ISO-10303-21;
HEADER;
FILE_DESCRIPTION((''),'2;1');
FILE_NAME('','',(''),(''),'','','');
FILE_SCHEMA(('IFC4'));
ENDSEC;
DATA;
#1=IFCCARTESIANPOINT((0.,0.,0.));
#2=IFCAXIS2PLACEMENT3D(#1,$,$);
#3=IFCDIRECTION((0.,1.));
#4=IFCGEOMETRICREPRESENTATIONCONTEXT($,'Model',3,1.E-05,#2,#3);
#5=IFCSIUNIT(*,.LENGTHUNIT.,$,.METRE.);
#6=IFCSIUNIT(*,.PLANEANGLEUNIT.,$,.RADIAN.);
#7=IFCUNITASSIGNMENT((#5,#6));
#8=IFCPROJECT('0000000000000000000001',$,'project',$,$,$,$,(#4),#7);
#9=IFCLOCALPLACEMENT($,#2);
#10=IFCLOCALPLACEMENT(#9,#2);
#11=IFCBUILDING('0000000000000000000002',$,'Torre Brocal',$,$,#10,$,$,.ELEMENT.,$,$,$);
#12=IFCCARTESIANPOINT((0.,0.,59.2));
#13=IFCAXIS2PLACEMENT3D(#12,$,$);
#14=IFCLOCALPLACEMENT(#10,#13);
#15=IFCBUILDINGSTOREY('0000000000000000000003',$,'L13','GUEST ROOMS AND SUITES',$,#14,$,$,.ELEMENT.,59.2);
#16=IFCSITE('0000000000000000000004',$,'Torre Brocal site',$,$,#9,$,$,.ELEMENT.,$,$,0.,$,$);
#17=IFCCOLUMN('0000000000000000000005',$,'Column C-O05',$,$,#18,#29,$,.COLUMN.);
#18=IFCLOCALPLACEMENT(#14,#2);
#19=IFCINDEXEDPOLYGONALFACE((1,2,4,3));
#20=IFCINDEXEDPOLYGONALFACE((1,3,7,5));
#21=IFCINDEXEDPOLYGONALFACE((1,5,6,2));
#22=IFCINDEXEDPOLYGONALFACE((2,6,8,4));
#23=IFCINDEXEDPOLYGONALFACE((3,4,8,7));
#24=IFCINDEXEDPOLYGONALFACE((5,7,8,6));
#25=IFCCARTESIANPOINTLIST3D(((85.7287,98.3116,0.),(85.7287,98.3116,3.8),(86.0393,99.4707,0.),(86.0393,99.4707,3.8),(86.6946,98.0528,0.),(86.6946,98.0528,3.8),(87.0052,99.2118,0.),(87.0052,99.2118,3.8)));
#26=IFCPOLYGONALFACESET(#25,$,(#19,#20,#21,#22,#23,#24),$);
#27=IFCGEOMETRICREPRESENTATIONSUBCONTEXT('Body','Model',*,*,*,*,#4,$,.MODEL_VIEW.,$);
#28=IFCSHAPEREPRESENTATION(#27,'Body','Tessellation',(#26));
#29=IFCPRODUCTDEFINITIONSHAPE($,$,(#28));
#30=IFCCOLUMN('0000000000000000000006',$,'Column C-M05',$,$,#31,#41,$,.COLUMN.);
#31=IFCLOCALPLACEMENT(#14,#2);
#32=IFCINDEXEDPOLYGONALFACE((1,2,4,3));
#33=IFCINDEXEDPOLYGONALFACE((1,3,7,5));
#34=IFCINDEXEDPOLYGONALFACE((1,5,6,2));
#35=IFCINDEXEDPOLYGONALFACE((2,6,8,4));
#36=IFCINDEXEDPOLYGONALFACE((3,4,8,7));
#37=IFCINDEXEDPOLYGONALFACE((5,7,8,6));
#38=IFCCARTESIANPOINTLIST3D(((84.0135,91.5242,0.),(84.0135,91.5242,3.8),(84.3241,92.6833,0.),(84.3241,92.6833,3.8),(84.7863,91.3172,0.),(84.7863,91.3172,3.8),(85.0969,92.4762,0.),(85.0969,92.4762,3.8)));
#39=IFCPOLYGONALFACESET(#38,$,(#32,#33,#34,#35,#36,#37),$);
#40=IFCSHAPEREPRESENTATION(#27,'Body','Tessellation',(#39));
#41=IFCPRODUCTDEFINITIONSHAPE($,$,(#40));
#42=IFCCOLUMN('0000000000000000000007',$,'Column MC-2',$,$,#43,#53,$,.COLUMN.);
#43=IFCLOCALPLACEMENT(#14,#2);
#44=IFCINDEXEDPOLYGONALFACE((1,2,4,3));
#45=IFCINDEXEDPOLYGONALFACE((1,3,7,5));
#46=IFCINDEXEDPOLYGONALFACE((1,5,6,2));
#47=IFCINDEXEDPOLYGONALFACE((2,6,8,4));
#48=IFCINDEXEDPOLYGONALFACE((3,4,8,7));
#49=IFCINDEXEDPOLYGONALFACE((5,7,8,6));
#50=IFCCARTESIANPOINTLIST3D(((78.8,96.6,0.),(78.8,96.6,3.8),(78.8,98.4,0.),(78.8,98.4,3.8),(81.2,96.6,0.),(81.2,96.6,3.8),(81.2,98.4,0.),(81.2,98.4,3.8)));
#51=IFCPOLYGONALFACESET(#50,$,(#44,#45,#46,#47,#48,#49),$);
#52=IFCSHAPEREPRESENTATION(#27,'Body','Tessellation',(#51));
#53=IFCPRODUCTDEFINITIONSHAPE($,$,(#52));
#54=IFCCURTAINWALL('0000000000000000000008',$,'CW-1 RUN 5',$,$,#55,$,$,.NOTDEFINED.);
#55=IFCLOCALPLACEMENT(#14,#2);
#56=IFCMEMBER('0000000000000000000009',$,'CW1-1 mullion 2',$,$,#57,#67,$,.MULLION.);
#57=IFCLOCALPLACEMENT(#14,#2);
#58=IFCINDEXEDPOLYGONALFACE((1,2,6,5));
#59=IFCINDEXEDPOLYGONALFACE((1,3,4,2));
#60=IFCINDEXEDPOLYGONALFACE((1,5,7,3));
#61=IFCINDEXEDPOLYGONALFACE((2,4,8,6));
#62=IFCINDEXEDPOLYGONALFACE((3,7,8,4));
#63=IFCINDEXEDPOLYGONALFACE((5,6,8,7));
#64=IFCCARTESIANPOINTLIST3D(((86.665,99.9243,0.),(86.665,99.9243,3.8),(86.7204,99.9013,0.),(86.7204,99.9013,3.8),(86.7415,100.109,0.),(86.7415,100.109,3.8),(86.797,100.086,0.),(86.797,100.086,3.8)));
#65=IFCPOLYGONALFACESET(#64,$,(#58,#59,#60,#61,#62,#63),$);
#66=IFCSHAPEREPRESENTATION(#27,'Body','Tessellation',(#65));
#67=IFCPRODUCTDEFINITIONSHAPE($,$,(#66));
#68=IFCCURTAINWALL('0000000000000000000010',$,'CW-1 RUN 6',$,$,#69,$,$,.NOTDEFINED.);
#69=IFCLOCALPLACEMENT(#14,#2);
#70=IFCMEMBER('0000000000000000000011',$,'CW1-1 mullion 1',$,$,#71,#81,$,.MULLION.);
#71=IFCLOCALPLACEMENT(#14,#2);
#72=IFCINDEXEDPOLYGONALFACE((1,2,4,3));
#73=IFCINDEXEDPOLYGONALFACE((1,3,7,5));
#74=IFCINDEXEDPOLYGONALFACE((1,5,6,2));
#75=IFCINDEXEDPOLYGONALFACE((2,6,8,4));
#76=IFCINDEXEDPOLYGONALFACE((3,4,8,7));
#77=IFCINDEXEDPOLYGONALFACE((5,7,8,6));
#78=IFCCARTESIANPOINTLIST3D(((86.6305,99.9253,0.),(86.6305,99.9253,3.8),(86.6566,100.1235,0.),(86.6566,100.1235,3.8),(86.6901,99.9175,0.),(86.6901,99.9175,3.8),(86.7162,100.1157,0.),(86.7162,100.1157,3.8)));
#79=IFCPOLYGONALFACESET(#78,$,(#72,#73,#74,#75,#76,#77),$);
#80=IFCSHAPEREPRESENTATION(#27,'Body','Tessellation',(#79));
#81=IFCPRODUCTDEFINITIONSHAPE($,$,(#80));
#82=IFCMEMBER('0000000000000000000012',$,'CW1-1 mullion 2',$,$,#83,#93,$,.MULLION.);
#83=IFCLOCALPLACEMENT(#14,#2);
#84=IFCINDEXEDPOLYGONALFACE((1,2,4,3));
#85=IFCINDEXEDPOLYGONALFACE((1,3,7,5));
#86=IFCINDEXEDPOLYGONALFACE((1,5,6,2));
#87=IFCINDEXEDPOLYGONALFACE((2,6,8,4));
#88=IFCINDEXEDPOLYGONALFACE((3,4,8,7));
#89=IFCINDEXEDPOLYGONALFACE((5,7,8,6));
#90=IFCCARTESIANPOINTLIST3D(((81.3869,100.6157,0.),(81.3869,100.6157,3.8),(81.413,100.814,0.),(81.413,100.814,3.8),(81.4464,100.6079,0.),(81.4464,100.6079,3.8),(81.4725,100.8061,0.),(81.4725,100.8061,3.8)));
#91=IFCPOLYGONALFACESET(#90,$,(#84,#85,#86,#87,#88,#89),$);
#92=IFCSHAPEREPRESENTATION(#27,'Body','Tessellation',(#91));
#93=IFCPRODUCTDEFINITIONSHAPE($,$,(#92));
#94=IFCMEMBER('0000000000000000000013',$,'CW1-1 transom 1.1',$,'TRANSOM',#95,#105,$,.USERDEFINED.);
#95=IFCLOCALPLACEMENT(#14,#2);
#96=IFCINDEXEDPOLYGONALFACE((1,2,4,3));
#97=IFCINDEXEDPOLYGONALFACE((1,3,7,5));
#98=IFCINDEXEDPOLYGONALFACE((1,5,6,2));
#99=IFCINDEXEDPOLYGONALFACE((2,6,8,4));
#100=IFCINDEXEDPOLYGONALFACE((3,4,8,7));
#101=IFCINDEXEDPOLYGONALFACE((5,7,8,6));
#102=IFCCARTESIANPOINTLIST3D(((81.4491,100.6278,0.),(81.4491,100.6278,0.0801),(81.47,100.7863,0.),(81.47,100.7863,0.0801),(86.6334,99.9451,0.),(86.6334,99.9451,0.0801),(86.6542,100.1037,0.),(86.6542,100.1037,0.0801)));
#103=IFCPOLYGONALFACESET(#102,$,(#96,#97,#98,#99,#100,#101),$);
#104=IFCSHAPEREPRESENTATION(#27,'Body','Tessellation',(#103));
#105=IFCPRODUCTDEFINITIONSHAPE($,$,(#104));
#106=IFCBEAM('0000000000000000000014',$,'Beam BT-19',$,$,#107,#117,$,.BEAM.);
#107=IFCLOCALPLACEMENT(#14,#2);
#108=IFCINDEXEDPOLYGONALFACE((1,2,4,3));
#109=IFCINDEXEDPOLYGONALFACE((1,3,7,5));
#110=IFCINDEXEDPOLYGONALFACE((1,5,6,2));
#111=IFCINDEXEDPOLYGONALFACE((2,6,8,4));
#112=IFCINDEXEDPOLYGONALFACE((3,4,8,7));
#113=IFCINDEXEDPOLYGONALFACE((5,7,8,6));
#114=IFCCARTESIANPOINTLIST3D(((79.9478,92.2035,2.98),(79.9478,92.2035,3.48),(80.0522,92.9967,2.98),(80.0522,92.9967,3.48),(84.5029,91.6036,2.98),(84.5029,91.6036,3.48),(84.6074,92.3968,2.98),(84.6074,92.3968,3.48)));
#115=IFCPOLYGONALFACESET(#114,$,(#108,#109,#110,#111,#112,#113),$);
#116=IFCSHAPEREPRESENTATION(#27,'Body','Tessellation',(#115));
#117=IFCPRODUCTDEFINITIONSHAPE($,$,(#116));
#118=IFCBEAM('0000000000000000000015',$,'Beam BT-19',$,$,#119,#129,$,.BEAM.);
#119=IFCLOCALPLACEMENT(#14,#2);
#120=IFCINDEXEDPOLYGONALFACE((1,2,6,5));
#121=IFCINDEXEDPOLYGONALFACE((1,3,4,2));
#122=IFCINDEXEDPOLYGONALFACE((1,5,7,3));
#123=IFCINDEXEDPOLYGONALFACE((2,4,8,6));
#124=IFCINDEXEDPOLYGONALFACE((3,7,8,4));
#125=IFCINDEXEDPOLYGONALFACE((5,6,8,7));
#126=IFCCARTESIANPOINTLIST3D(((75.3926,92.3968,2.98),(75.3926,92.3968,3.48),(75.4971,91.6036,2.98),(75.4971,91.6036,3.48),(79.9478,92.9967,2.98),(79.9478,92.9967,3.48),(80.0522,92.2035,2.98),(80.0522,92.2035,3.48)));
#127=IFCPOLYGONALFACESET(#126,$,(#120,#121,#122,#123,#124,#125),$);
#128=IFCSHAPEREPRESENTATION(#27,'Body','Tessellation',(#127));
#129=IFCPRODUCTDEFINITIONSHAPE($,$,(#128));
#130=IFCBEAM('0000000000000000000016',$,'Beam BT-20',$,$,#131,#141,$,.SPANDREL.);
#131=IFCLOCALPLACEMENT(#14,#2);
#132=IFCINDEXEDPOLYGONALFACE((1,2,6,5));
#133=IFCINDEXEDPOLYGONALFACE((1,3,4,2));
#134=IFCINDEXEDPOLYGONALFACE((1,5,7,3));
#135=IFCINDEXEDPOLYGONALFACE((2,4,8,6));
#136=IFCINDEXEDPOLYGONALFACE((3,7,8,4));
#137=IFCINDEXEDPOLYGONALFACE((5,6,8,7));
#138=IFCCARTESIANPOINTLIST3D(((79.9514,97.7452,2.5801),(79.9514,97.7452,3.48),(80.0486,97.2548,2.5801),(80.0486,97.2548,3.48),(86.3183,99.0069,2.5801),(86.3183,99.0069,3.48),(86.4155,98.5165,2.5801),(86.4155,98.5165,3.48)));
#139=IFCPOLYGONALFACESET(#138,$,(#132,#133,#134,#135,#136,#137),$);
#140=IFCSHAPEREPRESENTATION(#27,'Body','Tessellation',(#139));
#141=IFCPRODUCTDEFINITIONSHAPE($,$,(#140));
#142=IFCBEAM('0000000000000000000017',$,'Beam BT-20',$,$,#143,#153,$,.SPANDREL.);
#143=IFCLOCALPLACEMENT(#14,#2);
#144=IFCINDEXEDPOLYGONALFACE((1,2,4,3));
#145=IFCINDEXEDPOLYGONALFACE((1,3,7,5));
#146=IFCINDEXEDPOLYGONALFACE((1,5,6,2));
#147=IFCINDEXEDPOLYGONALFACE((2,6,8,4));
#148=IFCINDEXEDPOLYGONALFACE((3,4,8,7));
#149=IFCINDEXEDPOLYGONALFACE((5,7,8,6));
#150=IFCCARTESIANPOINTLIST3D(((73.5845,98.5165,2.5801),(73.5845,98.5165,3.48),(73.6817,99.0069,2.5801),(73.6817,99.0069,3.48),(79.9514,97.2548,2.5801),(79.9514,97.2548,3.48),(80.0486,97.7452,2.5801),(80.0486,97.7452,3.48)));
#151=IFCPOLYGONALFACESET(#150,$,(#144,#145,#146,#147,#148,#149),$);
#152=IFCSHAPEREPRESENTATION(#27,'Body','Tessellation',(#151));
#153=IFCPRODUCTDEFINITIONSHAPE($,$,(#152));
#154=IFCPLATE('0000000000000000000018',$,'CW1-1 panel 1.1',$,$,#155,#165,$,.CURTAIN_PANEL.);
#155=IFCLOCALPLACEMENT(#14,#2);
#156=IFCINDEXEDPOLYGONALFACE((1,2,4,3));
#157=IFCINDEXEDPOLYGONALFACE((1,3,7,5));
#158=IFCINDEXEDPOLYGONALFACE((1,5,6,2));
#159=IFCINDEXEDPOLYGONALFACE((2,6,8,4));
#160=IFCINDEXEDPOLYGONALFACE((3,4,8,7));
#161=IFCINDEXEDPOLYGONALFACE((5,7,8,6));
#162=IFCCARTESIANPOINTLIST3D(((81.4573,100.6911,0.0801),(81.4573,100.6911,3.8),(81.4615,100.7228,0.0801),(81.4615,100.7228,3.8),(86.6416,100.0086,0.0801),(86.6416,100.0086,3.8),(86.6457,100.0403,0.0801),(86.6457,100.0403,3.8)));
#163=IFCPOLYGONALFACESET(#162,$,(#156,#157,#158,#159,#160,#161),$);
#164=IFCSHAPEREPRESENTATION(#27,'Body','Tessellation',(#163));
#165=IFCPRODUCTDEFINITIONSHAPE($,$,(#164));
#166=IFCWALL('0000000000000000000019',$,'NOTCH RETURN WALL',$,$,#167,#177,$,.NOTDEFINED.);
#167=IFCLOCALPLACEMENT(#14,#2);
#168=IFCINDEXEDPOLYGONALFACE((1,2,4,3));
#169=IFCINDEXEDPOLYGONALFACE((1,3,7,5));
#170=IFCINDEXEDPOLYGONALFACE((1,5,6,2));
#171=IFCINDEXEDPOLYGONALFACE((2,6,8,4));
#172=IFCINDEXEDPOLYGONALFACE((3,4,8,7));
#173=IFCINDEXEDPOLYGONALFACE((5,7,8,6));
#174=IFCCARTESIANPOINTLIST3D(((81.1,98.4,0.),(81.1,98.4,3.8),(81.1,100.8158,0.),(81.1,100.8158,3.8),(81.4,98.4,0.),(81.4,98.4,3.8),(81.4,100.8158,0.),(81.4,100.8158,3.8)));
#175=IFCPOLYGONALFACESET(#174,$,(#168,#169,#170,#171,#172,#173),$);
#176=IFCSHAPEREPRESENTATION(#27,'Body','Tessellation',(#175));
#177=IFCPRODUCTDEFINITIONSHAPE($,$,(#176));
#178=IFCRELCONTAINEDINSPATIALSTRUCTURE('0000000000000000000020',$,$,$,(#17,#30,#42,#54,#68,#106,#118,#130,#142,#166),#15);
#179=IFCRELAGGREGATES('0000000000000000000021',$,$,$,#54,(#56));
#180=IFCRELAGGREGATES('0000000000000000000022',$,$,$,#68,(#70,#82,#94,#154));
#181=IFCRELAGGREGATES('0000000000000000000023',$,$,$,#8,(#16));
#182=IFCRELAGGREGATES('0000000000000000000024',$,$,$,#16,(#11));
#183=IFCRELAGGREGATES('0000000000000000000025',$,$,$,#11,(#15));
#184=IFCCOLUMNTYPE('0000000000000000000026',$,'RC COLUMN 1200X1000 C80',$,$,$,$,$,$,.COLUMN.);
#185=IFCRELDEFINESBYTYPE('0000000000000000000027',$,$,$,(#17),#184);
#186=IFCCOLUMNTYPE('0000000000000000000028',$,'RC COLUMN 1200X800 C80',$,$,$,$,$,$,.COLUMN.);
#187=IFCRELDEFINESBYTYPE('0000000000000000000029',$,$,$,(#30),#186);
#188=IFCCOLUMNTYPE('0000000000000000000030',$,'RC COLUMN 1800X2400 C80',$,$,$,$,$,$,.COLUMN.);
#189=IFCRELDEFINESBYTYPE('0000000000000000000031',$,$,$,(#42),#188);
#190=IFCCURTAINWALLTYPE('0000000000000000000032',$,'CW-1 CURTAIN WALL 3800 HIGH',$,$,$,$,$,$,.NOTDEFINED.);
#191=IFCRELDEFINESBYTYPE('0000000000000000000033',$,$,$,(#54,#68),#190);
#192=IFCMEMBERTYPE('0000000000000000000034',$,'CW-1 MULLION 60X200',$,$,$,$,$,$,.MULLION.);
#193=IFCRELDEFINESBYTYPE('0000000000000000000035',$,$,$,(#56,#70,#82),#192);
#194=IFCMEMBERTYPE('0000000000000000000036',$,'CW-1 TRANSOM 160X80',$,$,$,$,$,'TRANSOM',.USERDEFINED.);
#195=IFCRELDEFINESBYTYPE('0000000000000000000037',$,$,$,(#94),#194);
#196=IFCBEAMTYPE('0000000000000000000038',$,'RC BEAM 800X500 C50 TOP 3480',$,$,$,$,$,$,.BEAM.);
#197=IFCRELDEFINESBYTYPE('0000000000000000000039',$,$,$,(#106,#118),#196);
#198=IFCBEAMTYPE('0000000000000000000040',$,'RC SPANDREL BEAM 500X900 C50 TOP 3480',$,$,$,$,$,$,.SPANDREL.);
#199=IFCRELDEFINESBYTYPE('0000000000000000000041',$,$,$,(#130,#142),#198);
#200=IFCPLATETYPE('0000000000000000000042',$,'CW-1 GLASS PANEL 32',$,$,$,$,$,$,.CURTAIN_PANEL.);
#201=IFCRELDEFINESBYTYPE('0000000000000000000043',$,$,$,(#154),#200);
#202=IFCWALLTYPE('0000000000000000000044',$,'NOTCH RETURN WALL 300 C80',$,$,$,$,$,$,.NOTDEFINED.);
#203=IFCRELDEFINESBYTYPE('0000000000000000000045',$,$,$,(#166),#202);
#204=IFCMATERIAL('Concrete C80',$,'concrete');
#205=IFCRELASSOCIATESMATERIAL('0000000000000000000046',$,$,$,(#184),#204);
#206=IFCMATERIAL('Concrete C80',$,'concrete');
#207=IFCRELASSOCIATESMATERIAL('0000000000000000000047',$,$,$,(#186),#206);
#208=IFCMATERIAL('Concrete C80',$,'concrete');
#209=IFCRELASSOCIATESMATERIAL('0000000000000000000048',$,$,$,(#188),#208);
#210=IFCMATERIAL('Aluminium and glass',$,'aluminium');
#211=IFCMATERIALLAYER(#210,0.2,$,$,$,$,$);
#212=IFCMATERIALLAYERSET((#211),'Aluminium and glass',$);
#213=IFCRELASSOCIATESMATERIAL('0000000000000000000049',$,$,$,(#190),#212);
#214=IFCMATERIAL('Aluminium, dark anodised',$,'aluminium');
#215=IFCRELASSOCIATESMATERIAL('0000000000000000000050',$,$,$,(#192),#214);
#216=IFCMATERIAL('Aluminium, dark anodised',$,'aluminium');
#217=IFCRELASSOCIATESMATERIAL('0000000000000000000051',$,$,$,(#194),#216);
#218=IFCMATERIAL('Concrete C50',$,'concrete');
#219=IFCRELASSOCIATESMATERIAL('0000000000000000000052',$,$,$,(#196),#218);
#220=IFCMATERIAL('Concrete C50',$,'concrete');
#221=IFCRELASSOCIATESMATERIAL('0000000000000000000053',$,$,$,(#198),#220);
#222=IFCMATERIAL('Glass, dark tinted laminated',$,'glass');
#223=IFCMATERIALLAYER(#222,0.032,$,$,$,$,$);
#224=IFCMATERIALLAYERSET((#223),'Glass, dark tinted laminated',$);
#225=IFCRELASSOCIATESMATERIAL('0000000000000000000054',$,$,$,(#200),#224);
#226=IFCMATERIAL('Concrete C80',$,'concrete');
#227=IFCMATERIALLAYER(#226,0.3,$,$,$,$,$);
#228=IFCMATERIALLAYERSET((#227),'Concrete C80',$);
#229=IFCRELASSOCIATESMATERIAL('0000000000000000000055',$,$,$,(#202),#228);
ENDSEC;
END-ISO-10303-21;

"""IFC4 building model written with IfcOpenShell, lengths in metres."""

from ifc_helpers import new_model, si_unit, direction, frame, frame_2d, origin, origin_2d, place, context, subcontext, project, spatial, rectangle, extrude, material, layer, layer_set, material_profile, profile_set, type_object, element, aggregate, save


model = new_model("IFC4")

# Units and contexts
model_context = context("Model", 3, precision=1e-05, world=origin(), true_north=direction((0.0, 1.0)))
body_context = subcontext(model_context, "Body", "Model", "MODEL_VIEW")
ifc_project = project(units=[si_unit("LENGTHUNIT", "METRE"), si_unit("PLANEANGLEUNIT", "RADIAN")], contexts=[model_context])

# Site, building, storey
site_placement = place(None, origin())
site = spatial("IfcSite", under=ifc_project, at=site_placement, Name="Torre Brocal site", CompositionType="ELEMENT", RefElevation=0.0)
building_placement = place(site_placement, origin())
building = spatial("IfcBuilding", under=site, at=building_placement, Name="Torre Brocal", CompositionType="ELEMENT")
storey_placement = place(building_placement, frame((0.0, 0.0, 59.2)))
storey = spatial("IfcBuildingStorey", under=building, at=storey_placement, Name="L13", Description="GUEST ROOMS AND SUITES", CompositionType="ELEMENT", Elevation=59.2)

# Columns
ifc_material_1 = material(Name="Concrete C80", Category="concrete")
ifc_material_profile_1 = material_profile(ifc_material_1, rectangle(XDim=1.2, YDim=1.0, at=origin_2d()), Name="RC 1200X1000")
ifc_profile_set_1 = profile_set([ifc_material_profile_1], Name="Concrete C80")
column_type_1 = type_object("IfcColumnType", Name="RC COLUMN 1200X1000 C80", PredefinedType="COLUMN", material=ifc_profile_set_1)
column_1_placement = place(storey_placement, frame((86.3669, 98.7617, 0.0), z_axis=(0.0, 0.0, 1.0), x_axis=(0.258819, 0.965926, 0.0)))
element("IfcColumn", 1, at=column_1_placement, inside=storey, type_object=column_type_1, Name="Column C-O05", PredefinedType="COLUMN", context=body_context, shape_type="SweptSolid", body=[
    extrude(rectangle(XDim=1.2, YDim=1.0, at=origin_2d()), origin(), (0.0, 0.0, 1.0), 3.8),
])
ifc_material_2 = material(Name="Concrete C80", Category="concrete")
ifc_material_profile_2 = material_profile(ifc_material_2, rectangle(XDim=1.2, YDim=0.8, at=origin_2d()), Name="RC 1200X800")
ifc_profile_set_2 = profile_set([ifc_material_profile_2], Name="Concrete C80")
column_type_2 = type_object("IfcColumnType", Name="RC COLUMN 1200X800 C80", PredefinedType="COLUMN", material=ifc_profile_set_2)
column_2_placement = place(storey_placement, frame((84.5552, 92.0002, 0.0), z_axis=(0.0, 0.0, 1.0), x_axis=(0.258819, 0.965926, 0.0)))
element("IfcColumn", 2, at=column_2_placement, inside=storey, type_object=column_type_2, Name="Column C-M05", PredefinedType="COLUMN", context=body_context, shape_type="SweptSolid", body=[
    extrude(rectangle(XDim=1.2, YDim=0.8, at=origin_2d()), origin(), (0.0, 0.0, 1.0), 3.8),
])
ifc_material_3 = material(Name="Concrete C80", Category="concrete")
ifc_material_profile_3 = material_profile(ifc_material_3, rectangle(XDim=1.8, YDim=2.3999, at=origin_2d()), Name="RC 1800X2400")
ifc_profile_set_3 = profile_set([ifc_material_profile_3], Name="Concrete C80")
column_type_3 = type_object("IfcColumnType", Name="RC COLUMN 1800X2400 C80", PredefinedType="COLUMN", material=ifc_profile_set_3)
column_3_placement = place(storey_placement, frame((80.0, 97.5, 0.0), z_axis=(0.0, 0.0, 1.0), x_axis=(0.0, 1.0, 0.0)))
element("IfcColumn", 3, at=column_3_placement, inside=storey, type_object=column_type_3, Name="Column MC-2", PredefinedType="COLUMN", context=body_context, shape_type="SweptSolid", body=[
    extrude(rectangle(XDim=1.8, YDim=2.3999, at=origin_2d()), origin(), (0.0, 0.0, 1.0), 3.8),
])

# Curtain wall, member
ifc_material_4 = material(Name="Aluminium and glass", Category="aluminium")
ifc_layer_1 = layer(ifc_material_4, 0.2)
ifc_layer_set_1 = layer_set([ifc_layer_1], Name="Aluminium and glass")
curtain_wall_type = type_object("IfcCurtainWallType", Name="CW-1 CURTAIN WALL 3800 HIGH", PredefinedType="NOTDEFINED", material=ifc_layer_set_1)
curtain_wall_1_placement = place(storey_placement, origin())
curtain_wall_1 = element("IfcCurtainWall", 4, at=curtain_wall_1_placement, inside=storey, type_object=curtain_wall_type, Name="CW-1 RUN 5", PredefinedType="NOTDEFINED")
ifc_material_5 = material(Name="Aluminium, dark anodised", Category="aluminium")
ifc_material_profile_4 = material_profile(ifc_material_5, rectangle(XDim=0.2, YDim=0.0601, at=origin_2d()), Name="CW-1 MULLION 60X200")
ifc_profile_set_4 = profile_set([ifc_material_profile_4], Name="Aluminium, dark anodised")
member_type_1 = type_object("IfcMemberType", Name="CW-1 MULLION 60X200", PredefinedType="MULLION", material=ifc_profile_set_4)
member_1_placement = place(storey_placement, frame((86.731, 100.0051, 0.0), z_axis=(0.0, 0.0, 1.0), x_axis=(-0.382683, -0.92388, 0.0)))
member_1 = element("IfcMember", 5, at=member_1_placement, type_object=member_type_1, Name="CW1-1 mullion 2", PredefinedType="MULLION", context=body_context, shape_type="SweptSolid", body=[
    extrude(rectangle(XDim=0.2, YDim=0.0601, at=origin_2d()), origin(), (0.0, 0.0, 1.0), 3.8),
])
aggregate(curtain_wall_1, [member_1])

# Curtain wall, members
curtain_wall_2_placement = place(storey_placement, origin())
curtain_wall_2 = element("IfcCurtainWall", 6, at=curtain_wall_2_placement, inside=storey, type_object=curtain_wall_type, Name="CW-1 RUN 6", PredefinedType="NOTDEFINED")
member_2_placement = place(storey_placement, frame((86.6733, 100.0205, 0.0), z_axis=(0.0, 0.0, 1.0), x_axis=(-0.130526, -0.991445, 0.0)))
member_2 = element("IfcMember", 7, at=member_2_placement, type_object=member_type_1, Name="CW1-1 mullion 1", PredefinedType="MULLION", context=body_context, shape_type="SweptSolid", body=[
    extrude(rectangle(XDim=0.2, YDim=0.0601, at=origin_2d()), origin(), (0.0, 0.0, 1.0), 3.8),
])
member_3_placement = place(storey_placement, frame((81.4297, 100.7109, 0.0), z_axis=(0.0, 0.0, 1.0), x_axis=(-0.130526, -0.991445, 0.0)))
member_3 = element("IfcMember", 8, at=member_3_placement, type_object=member_type_1, Name="CW1-1 mullion 2", PredefinedType="MULLION", context=body_context, shape_type="SweptSolid", body=[
    extrude(rectangle(XDim=0.2, YDim=0.0601, at=origin_2d()), origin(), (0.0, 0.0, 1.0), 3.8),
])
ifc_material_6 = material(Name="Aluminium, dark anodised", Category="aluminium")
ifc_material_profile_5 = material_profile(ifc_material_6, rectangle(XDim=0.1599, YDim=0.0801, at=origin_2d()), Name="CW-1 TRANSOM 160X80")
ifc_profile_set_5 = profile_set([ifc_material_profile_5], Name="Aluminium, dark anodised")
member_type_2 = type_object("IfcMemberType", Name="CW-1 TRANSOM 160X80", ElementType="TRANSOM", PredefinedType="USERDEFINED", material=ifc_profile_set_5)
member_4_placement = place(storey_placement, frame((86.6438, 100.0244, 0.04), z_axis=(-0.991443, 0.130543, 0.0), x_axis=(-0.130543, -0.991443, 0.0)))
member_4 = element("IfcMember", 9, at=member_4_placement, type_object=member_type_2, Name="CW1-1 transom 1.1", ObjectType="TRANSOM", PredefinedType="USERDEFINED", context=body_context, shape_type="SweptSolid", body=[
    extrude(rectangle(XDim=0.1599, YDim=0.0801, at=origin_2d()), origin(), (0.0, 0.0, 1.0), 5.229),
])

# Beams
ifc_material_7 = material(Name="Concrete C50", Category="concrete")
ifc_material_profile_6 = material_profile(ifc_material_7, rectangle(XDim=0.8, YDim=0.5, at=origin_2d()), Name="RC 800X500")
ifc_profile_set_6 = profile_set([ifc_material_profile_6], Name="Concrete C50")
beam_type_1 = type_object("IfcBeamType", Name="RC BEAM 800X500 C50 TOP 3480", PredefinedType="BEAM", material=ifc_profile_set_6)
for number, where, z_axis, x_axis, name in (
    (10, (84.5552, 92.0002, 3.23), (-0.991441, 0.130559, 0.0), (-0.130559, -0.991441, 0.0), "Beam BT-19"),
    (11, (80.0, 92.6001, 3.23), (-0.991441, -0.130559, 0.0), (0.130559, -0.991441, 0.0), "Beam BT-19"),
):
    element("IfcBeam", number, at=place(storey_placement, frame(where, z_axis=z_axis, x_axis=x_axis)), inside=storey, type_object=beam_type_1, Name=name, PredefinedType="BEAM", context=body_context, shape_type="SweptSolid", body=[
        extrude(rectangle(XDim=0.8, YDim=0.5, at=origin_2d()), origin(), (0.0, 0.0, 1.0), 4.5945),
    ])
ifc_material_8 = material(Name="Concrete C50", Category="concrete")
ifc_material_profile_7 = material_profile(ifc_material_8, rectangle(XDim=0.5, YDim=0.8999, at=origin_2d()), Name="RC 500X900")
ifc_profile_set_7 = profile_set([ifc_material_profile_7], Name="Concrete C50")
beam_type_2 = type_object("IfcBeamType", Name="RC SPANDREL BEAM 500X900 C50 TOP 3480", PredefinedType="SPANDREL", material=ifc_profile_set_7)
for number, where, z_axis, x_axis, name in (
    (12, (86.3669, 98.7617, 3.03), (-0.980925, -0.194387, 0.0), (0.194387, -0.980925, 0.0), "Beam BT-20"),
    (13, (80.0, 97.5, 3.03), (-0.980925, 0.194387, 0.0), (-0.194387, -0.980925, 0.0), "Beam BT-20"),
):
    element("IfcBeam", number, at=place(storey_placement, frame(where, z_axis=z_axis, x_axis=x_axis)), inside=storey, type_object=beam_type_2, Name=name, PredefinedType="SPANDREL", context=body_context, shape_type="SweptSolid", body=[
        extrude(rectangle(XDim=0.5, YDim=0.8999, at=origin_2d()), origin(), (0.0, 0.0, 1.0), 6.4907),
    ])

# Plate
ifc_material_9 = material(Name="Glass, dark tinted laminated", Category="glass")
ifc_layer_2 = layer(ifc_material_9, 0.032)
ifc_layer_set_2 = layer_set([ifc_layer_2], Name="Glass, dark tinted laminated")
plate_type = type_object("IfcPlateType", Name="CW-1 GLASS PANEL 32", PredefinedType="CURTAIN_PANEL", material=ifc_layer_set_2)
plate_placement = place(storey_placement, frame((84.0515, 100.3657, 0.0801), z_axis=(0.0, 0.0, 1.0), x_axis=(-0.991445, 0.130526, 0.0)))
plate = element("IfcPlate", 14, at=plate_placement, type_object=plate_type, Name="CW1-1 panel 1.1", PredefinedType="CURTAIN_PANEL", context=body_context, shape_type="SweptSolid", body=[
    extrude(rectangle(XDim=5.229, YDim=0.032, at=origin_2d()), origin(), (0.0, 0.0, 1.0), 3.72),
])
aggregate(curtain_wall_2, [member_2, member_3, member_4, plate])

# Wall
ifc_material_10 = material(Name="Concrete C80", Category="concrete")
ifc_layer_3 = layer(ifc_material_10, 0.3)
ifc_layer_set_3 = layer_set([ifc_layer_3], Name="Concrete C80")
wall_type_1 = type_object("IfcWallType", Name="NOTCH RETURN WALL 300 C80", PredefinedType="NOTDEFINED", material=ifc_layer_set_3)
wall_1_placement = place(storey_placement, frame((81.25, 98.3999, 0.0), z_axis=(0.0, 0.0, 1.0), x_axis=(0.0, 1.0, 0.0)))
element("IfcWall", 15, at=wall_1_placement, inside=storey, type_object=wall_type_1, Name="NOTCH RETURN WALL", PredefinedType="NOTDEFINED", context=body_context, shape_type="SweptSolid", body=[
    extrude(rectangle(XDim=2.4158, YDim=0.3, at=frame_2d((1.208, 0.0))), origin(), (0.0, 0.0, 1.0), 3.8),
])

save(model, "model.ifc")
